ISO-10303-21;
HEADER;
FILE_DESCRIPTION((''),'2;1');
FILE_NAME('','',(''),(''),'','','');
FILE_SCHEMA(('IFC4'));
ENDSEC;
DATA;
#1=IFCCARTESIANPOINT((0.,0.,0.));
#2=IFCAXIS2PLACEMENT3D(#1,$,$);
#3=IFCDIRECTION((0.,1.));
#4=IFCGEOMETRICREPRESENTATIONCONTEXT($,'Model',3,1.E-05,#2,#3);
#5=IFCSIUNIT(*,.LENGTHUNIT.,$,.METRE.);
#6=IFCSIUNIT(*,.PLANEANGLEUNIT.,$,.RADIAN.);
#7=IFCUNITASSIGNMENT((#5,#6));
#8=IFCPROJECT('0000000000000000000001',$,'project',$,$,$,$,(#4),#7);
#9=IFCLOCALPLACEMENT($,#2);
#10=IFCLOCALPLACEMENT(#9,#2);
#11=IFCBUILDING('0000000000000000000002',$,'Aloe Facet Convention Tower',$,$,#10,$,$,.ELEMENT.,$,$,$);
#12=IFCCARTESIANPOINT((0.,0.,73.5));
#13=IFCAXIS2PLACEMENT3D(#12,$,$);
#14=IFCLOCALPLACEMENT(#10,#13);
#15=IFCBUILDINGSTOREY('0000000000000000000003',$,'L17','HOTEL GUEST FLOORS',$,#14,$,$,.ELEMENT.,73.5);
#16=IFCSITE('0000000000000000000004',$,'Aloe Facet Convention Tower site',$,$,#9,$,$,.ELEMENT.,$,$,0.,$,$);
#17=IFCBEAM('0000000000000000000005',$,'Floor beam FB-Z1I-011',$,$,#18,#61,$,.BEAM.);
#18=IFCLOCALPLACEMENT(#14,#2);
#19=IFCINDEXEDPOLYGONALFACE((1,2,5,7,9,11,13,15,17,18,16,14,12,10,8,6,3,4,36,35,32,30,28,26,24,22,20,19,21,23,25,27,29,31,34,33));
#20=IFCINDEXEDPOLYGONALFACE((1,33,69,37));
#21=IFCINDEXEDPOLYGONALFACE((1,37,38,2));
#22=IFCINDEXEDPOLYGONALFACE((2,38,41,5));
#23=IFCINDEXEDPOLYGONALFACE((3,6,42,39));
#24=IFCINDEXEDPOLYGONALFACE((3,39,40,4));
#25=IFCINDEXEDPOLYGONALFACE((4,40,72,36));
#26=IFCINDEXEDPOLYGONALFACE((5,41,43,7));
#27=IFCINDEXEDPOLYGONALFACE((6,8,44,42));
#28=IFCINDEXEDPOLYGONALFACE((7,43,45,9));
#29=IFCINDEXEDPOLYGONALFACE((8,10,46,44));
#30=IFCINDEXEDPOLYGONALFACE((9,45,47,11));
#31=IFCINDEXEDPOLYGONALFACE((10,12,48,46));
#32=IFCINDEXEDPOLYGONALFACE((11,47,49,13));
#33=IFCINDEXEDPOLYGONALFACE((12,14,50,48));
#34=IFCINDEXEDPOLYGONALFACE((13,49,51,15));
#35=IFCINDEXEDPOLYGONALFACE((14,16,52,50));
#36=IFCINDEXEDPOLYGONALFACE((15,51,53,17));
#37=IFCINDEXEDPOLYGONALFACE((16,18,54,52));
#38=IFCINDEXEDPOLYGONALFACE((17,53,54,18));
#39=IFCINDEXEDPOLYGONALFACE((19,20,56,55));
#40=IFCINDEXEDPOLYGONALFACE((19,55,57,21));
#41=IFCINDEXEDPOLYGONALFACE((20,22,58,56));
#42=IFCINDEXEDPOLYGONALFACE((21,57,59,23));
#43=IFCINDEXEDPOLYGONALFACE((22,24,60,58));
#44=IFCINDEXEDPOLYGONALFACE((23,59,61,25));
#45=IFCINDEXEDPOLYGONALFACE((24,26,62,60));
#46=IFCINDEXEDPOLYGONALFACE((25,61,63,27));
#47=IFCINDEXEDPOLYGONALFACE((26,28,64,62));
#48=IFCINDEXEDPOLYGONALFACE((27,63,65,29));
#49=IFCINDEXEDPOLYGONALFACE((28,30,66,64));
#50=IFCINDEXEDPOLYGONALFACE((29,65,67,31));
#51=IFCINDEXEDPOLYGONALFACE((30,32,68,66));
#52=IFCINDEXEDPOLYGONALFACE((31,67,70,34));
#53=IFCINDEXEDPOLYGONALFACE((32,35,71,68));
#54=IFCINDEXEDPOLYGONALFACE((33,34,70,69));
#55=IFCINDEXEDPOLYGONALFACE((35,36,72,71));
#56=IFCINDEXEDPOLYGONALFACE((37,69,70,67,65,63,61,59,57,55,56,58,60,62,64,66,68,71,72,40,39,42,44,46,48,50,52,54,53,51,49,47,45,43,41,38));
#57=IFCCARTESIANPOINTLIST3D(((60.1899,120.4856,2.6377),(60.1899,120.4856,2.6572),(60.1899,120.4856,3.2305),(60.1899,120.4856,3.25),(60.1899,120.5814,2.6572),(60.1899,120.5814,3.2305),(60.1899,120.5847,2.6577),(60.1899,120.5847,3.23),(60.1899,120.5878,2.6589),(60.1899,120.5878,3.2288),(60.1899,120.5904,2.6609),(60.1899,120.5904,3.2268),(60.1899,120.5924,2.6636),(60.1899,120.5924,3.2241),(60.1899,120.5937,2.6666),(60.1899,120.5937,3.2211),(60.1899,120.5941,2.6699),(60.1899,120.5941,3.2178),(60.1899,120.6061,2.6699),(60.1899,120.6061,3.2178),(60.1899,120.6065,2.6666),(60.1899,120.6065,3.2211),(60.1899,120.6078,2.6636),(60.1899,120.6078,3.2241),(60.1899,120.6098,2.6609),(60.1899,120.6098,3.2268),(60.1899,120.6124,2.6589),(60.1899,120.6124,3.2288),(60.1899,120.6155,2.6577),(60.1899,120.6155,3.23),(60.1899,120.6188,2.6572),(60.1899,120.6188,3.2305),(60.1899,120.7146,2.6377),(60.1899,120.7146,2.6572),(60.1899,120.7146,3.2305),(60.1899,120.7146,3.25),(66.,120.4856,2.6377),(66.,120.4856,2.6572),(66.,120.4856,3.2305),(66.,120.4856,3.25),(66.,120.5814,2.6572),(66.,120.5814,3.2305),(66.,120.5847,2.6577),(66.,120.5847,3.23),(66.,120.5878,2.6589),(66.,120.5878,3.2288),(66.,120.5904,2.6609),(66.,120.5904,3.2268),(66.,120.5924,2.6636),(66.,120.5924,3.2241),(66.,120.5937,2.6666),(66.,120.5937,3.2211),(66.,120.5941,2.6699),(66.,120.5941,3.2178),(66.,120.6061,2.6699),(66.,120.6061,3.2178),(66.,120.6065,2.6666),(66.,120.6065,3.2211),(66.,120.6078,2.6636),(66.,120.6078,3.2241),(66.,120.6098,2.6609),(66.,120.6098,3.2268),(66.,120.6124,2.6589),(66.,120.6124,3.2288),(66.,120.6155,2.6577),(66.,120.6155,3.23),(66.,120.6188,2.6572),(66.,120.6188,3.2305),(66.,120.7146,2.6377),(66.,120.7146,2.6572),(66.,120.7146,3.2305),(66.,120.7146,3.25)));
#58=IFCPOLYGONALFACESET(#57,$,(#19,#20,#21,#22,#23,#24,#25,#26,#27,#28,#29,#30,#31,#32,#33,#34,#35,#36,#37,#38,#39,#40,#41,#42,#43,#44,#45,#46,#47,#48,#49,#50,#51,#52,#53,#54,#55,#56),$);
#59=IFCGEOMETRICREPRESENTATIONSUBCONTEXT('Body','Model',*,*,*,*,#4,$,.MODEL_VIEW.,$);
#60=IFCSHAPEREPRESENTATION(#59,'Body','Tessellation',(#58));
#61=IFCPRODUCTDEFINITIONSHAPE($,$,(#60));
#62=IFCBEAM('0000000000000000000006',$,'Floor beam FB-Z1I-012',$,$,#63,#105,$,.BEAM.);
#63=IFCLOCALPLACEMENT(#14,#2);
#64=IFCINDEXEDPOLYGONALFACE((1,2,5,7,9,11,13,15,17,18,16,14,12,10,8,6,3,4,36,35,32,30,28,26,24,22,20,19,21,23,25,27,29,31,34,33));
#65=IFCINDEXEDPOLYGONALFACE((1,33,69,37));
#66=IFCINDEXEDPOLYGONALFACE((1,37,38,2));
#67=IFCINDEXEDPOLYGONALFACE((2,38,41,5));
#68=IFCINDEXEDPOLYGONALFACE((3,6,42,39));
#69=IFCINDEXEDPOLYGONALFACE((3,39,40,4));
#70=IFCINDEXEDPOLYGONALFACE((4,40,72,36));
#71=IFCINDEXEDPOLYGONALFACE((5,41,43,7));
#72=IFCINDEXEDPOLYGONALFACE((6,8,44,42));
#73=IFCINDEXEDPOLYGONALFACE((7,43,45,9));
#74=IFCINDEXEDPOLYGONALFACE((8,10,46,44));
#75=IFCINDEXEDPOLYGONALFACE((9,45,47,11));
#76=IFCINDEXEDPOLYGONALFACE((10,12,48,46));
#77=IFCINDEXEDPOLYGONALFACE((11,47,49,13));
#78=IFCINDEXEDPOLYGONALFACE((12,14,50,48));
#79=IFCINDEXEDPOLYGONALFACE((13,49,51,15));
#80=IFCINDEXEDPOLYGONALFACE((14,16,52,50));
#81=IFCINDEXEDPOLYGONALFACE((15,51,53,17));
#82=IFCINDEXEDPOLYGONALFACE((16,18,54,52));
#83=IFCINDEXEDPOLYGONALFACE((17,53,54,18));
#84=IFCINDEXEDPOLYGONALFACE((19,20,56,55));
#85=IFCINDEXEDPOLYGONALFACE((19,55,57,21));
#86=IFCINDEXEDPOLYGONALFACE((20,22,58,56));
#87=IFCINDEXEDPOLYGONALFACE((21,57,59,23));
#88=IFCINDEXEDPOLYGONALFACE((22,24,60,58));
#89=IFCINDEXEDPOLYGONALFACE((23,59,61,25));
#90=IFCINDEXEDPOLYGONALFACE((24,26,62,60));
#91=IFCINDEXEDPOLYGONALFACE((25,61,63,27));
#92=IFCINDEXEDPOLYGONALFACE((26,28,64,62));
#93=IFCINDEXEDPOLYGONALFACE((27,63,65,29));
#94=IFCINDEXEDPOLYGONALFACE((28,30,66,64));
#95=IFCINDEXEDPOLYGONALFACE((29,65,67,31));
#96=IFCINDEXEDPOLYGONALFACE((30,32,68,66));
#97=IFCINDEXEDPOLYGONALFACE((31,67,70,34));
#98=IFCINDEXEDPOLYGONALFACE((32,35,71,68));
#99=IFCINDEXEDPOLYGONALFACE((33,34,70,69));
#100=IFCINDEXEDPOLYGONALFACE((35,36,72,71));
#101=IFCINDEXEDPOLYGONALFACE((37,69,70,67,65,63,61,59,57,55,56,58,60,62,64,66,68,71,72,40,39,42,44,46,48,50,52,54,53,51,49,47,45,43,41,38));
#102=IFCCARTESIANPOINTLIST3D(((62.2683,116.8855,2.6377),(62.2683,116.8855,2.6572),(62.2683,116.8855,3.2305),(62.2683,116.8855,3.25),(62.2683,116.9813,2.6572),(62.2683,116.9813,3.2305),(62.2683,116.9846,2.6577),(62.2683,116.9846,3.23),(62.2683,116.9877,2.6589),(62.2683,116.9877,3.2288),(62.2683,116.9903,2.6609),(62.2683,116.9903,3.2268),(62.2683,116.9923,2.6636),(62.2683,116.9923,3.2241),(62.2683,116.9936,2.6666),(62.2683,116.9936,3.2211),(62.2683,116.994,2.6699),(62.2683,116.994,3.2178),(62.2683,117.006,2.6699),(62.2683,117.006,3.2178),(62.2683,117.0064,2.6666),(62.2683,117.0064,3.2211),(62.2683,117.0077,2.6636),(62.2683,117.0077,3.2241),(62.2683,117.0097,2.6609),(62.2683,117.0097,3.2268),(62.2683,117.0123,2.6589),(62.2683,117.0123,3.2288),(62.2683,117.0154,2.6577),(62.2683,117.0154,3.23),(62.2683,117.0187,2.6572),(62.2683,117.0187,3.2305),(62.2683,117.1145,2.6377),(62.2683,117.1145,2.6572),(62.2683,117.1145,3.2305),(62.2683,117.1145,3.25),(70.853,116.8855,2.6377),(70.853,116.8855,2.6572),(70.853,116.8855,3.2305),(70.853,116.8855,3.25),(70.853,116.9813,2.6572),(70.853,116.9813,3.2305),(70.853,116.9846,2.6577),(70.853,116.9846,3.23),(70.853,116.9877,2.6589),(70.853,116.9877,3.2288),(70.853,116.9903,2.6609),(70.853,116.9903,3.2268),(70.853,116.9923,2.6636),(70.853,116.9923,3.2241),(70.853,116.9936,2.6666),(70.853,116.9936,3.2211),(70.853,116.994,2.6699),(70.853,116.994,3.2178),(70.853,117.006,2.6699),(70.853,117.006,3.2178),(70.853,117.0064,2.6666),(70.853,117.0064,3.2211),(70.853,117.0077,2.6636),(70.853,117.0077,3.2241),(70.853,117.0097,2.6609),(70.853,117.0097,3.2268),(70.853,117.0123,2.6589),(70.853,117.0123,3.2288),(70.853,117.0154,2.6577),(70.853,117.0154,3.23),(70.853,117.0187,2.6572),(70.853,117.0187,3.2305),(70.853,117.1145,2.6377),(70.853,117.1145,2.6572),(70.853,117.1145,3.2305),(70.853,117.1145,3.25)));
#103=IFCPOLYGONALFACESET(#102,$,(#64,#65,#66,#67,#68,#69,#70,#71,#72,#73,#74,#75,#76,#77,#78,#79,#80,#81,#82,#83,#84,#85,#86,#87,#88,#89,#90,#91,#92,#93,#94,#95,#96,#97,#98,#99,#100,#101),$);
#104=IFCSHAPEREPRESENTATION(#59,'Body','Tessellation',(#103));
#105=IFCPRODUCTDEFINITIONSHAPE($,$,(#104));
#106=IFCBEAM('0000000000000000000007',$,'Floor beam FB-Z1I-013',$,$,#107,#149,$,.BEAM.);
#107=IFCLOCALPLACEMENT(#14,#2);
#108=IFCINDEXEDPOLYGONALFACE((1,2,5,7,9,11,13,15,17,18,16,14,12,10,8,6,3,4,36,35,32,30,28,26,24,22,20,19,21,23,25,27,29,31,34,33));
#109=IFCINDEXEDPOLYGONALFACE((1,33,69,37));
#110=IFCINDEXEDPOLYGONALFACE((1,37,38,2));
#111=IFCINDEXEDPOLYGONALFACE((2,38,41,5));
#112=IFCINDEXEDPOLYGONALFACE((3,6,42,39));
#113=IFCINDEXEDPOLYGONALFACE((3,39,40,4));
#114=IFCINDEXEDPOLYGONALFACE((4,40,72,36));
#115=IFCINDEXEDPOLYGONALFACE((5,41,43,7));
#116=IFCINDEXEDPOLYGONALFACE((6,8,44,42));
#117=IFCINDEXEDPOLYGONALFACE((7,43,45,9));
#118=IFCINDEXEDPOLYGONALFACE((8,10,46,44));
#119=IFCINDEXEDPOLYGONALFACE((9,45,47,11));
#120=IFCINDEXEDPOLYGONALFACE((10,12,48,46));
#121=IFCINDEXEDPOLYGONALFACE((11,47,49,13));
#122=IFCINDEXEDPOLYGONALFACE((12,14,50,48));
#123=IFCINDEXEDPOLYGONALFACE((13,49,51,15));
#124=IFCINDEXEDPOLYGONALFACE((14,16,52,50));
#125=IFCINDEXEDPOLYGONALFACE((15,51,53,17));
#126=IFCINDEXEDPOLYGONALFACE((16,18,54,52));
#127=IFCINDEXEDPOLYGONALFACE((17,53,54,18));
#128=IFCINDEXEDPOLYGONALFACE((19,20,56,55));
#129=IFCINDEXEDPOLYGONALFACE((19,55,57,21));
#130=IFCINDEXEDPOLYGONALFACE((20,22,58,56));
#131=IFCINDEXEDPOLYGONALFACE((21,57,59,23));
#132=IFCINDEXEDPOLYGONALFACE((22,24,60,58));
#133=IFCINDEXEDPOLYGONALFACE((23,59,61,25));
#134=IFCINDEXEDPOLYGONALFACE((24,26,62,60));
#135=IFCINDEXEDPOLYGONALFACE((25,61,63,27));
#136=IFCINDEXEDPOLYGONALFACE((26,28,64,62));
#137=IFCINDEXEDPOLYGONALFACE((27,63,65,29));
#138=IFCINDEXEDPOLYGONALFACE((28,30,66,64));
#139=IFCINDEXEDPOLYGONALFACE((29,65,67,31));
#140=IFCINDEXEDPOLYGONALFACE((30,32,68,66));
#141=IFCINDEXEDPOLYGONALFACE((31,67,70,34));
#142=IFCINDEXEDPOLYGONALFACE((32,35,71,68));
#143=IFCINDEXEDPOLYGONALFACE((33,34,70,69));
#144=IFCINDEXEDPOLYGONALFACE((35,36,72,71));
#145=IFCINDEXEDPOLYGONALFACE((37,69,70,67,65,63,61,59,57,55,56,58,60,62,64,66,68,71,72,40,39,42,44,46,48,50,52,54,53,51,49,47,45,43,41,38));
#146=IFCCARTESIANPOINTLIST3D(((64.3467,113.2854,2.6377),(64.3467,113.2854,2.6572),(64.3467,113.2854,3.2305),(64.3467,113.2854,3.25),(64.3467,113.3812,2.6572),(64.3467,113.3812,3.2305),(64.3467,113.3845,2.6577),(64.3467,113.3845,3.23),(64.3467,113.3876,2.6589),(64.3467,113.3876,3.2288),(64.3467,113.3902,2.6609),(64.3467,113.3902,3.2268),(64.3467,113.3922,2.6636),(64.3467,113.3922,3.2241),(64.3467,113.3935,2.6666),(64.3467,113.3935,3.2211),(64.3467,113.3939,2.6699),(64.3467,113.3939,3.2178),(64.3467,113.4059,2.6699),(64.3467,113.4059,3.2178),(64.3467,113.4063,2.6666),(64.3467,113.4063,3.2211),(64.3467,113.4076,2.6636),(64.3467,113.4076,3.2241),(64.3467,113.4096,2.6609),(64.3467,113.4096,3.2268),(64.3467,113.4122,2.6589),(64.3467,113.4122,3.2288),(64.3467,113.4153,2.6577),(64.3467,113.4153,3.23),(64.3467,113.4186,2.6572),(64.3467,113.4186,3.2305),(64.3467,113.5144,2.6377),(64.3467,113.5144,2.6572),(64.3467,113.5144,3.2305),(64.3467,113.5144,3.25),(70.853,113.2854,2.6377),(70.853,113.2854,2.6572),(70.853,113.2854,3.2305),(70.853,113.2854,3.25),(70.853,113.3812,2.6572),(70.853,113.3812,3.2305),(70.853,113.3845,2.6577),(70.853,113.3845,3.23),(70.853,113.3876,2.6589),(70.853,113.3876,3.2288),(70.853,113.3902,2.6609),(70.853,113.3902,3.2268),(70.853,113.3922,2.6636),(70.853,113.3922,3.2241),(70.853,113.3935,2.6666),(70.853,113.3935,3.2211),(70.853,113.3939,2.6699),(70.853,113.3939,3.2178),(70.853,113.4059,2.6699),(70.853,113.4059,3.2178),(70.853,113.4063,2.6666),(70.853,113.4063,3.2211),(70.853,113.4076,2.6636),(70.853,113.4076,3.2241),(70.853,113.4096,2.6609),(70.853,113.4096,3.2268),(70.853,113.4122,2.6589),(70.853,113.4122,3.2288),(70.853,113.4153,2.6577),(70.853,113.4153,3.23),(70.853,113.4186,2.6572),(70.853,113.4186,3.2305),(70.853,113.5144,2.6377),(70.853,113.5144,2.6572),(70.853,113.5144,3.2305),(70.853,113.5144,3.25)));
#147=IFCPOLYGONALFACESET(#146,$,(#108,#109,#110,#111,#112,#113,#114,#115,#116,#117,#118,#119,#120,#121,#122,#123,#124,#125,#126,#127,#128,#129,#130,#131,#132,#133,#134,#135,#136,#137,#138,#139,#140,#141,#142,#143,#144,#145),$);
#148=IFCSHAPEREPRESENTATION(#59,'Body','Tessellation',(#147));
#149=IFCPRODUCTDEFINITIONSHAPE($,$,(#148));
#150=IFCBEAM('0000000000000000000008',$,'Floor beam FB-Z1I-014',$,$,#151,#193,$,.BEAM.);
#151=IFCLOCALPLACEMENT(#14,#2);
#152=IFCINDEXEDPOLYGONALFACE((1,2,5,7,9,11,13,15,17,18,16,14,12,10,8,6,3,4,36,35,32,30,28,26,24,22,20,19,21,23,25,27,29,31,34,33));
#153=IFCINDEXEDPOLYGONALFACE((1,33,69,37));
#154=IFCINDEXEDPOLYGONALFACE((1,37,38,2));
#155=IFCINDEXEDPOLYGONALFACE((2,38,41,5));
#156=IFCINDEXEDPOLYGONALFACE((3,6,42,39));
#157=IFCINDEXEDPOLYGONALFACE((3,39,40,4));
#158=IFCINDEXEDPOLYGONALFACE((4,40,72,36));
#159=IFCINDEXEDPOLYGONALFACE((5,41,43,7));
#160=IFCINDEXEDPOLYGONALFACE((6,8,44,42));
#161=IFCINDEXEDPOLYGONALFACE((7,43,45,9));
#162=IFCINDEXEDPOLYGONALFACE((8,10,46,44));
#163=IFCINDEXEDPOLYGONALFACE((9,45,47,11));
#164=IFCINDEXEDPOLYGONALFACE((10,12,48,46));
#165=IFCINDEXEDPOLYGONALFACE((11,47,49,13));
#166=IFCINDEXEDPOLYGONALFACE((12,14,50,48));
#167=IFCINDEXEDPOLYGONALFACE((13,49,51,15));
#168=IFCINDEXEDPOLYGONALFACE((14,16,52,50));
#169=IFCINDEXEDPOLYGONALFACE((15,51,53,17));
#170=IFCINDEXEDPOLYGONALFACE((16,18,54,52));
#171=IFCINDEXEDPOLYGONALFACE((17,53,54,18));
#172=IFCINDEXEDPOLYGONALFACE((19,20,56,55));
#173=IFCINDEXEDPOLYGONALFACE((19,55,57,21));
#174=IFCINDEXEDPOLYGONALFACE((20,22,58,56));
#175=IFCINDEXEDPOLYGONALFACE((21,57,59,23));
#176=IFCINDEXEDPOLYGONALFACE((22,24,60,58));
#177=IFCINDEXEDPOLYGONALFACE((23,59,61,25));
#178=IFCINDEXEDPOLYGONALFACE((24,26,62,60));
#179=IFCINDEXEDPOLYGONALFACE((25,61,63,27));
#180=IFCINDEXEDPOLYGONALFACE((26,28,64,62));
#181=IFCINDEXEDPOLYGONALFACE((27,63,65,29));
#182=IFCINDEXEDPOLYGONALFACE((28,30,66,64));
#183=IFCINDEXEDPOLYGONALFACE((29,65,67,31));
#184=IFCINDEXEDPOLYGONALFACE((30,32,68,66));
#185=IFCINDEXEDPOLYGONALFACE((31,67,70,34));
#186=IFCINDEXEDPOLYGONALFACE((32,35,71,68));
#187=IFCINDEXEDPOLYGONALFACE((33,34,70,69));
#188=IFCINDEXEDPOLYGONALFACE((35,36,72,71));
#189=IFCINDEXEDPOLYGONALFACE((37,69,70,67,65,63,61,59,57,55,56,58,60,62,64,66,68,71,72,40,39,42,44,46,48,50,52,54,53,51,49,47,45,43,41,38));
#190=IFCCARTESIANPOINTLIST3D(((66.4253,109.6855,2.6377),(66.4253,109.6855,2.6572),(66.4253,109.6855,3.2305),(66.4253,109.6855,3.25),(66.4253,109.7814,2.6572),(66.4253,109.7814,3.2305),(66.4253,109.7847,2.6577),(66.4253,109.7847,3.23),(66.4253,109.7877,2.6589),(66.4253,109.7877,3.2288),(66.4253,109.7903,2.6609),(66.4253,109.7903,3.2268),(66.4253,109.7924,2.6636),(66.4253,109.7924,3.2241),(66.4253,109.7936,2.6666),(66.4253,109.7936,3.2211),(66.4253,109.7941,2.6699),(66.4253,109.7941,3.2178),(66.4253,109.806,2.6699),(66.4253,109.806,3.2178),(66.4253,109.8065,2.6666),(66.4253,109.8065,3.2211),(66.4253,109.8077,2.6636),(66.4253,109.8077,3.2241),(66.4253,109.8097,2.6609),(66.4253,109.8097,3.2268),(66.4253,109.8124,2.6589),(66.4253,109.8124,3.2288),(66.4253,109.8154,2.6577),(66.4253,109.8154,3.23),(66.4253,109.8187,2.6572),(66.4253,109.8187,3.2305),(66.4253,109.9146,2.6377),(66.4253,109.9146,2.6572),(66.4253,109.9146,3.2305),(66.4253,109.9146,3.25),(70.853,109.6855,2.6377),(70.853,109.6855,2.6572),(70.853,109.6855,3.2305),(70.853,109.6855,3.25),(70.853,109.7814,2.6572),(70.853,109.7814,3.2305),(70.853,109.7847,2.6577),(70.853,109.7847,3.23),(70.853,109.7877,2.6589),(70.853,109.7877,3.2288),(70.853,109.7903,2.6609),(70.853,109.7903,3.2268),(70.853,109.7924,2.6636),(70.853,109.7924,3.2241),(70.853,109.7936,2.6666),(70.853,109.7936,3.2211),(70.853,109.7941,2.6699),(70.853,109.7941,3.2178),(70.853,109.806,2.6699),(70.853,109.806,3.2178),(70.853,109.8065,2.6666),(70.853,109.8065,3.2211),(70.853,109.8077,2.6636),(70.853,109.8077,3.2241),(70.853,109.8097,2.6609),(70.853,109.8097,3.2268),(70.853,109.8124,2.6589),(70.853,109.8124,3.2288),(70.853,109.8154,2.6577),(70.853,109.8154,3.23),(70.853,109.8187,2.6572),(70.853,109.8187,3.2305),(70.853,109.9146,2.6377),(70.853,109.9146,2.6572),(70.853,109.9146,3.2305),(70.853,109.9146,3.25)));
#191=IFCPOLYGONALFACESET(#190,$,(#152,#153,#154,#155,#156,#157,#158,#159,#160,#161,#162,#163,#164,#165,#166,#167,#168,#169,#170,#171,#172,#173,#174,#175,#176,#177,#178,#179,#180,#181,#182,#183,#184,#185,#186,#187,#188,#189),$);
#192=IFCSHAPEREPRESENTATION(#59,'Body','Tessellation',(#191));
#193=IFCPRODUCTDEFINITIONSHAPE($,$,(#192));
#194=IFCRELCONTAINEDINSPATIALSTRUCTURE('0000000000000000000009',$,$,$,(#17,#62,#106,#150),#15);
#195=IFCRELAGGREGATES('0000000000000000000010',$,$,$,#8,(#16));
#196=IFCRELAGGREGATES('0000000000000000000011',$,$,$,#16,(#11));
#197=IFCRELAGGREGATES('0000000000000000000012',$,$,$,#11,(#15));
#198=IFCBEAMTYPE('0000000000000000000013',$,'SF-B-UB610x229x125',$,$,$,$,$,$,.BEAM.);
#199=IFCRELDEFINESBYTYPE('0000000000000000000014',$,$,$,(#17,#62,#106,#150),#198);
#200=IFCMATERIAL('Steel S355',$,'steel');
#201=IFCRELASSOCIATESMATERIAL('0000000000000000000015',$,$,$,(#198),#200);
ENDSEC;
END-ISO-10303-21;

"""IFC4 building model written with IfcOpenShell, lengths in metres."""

from ifc_helpers import new_model, si_unit, direction, frame, origin, origin_2d, place, context, subcontext, project, spatial, i_section, extrude, material, material_profile, profile_set, type_object, element, save


model = new_model("IFC4")

# Units and contexts
model_context = context("Model", 3, precision=1e-05, world=origin(), true_north=direction((0.0, 1.0)))
body_context = subcontext(model_context, "Body", "Model", "MODEL_VIEW")
ifc_project = project(units=[si_unit("LENGTHUNIT", "METRE"), si_unit("PLANEANGLEUNIT", "RADIAN")], contexts=[model_context])

# Site, building, storey
site_placement = place(None, origin())
site = spatial("IfcSite", under=ifc_project, at=site_placement, Name="Aloe Facet Convention Tower site", CompositionType="ELEMENT", RefElevation=0.0)
building_placement = place(site_placement, origin())
building = spatial("IfcBuilding", under=site, at=building_placement, Name="Aloe Facet Convention Tower", CompositionType="ELEMENT")
storey_placement = place(building_placement, frame((0.0, 0.0, 73.5)))
storey = spatial("IfcBuildingStorey", under=building, at=storey_placement, Name="L17", Description="HOTEL GUEST FLOORS", CompositionType="ELEMENT", Elevation=73.5)

# Beams
ifc_material_1 = material(Name="Steel S355", Category="steel")
ifc_material_profile = material_profile(ifc_material_1, i_section(OverallWidth=0.229, OverallDepth=0.6123, WebThickness=0.012, FlangeThickness=0.0195, FilletRadius=0.0127, at=origin_2d()), Name="UB 610x229x125")
ifc_profile_set = profile_set([ifc_material_profile], Name="Steel S355")
beam_type = type_object("IfcBeamType", Name="SF-B-UB610x229x125", PredefinedType="BEAM", material=ifc_profile_set)
beam_1_placement = place(storey_placement, frame((60.1899, 120.6001, 2.9438), z_axis=(1.0, 0.0, 0.0), x_axis=(0.0, 1.0, 0.0)))
element("IfcBeam", 1, at=beam_1_placement, inside=storey, type_object=beam_type, Name="Floor beam FB-Z1I-011", PredefinedType="BEAM", context=body_context, shape_type="SweptSolid", body=[
    extrude(i_section(OverallWidth=0.229, OverallDepth=0.6123, WebThickness=0.012, FlangeThickness=0.0195, FilletRadius=0.0127, at=origin_2d()), origin(), (0.0, 0.0, 1.0), 5.8101),
])
beam_2_placement = place(storey_placement, frame((62.2683, 117.0, 2.9438), z_axis=(1.0, 0.0, 0.0), x_axis=(0.0, 1.0, 0.0)))
element("IfcBeam", 2, at=beam_2_placement, inside=storey, type_object=beam_type, Name="Floor beam FB-Z1I-012", PredefinedType="BEAM", context=body_context, shape_type="SweptSolid", body=[
    extrude(i_section(OverallWidth=0.229, OverallDepth=0.6123, WebThickness=0.012, FlangeThickness=0.0195, FilletRadius=0.0127, at=origin_2d()), origin(), (0.0, 0.0, 1.0), 8.5847),
])
beam_3_placement = place(storey_placement, frame((64.3467, 113.3999, 2.9438), z_axis=(1.0, 0.0, 0.0), x_axis=(0.0, 1.0, 0.0)))
element("IfcBeam", 3, at=beam_3_placement, inside=storey, type_object=beam_type, Name="Floor beam FB-Z1I-013", PredefinedType="BEAM", context=body_context, shape_type="SweptSolid", body=[
    extrude(i_section(OverallWidth=0.229, OverallDepth=0.6123, WebThickness=0.012, FlangeThickness=0.0195, FilletRadius=0.0127, at=origin_2d()), origin(), (0.0, 0.0, 1.0), 6.5063),
])
beam_4_placement = place(storey_placement, frame((66.4253, 109.8, 2.9438), z_axis=(1.0, 0.0, 0.0), x_axis=(0.0, 1.0, 0.0)))
element("IfcBeam", 4, at=beam_4_placement, inside=storey, type_object=beam_type, Name="Floor beam FB-Z1I-014", PredefinedType="BEAM", context=body_context, shape_type="SweptSolid", body=[
    extrude(i_section(OverallWidth=0.229, OverallDepth=0.6123, WebThickness=0.012, FlangeThickness=0.0195, FilletRadius=0.0127, at=origin_2d()), origin(), (0.0, 0.0, 1.0), 4.4277),
])

save(model, "model.ifc")
